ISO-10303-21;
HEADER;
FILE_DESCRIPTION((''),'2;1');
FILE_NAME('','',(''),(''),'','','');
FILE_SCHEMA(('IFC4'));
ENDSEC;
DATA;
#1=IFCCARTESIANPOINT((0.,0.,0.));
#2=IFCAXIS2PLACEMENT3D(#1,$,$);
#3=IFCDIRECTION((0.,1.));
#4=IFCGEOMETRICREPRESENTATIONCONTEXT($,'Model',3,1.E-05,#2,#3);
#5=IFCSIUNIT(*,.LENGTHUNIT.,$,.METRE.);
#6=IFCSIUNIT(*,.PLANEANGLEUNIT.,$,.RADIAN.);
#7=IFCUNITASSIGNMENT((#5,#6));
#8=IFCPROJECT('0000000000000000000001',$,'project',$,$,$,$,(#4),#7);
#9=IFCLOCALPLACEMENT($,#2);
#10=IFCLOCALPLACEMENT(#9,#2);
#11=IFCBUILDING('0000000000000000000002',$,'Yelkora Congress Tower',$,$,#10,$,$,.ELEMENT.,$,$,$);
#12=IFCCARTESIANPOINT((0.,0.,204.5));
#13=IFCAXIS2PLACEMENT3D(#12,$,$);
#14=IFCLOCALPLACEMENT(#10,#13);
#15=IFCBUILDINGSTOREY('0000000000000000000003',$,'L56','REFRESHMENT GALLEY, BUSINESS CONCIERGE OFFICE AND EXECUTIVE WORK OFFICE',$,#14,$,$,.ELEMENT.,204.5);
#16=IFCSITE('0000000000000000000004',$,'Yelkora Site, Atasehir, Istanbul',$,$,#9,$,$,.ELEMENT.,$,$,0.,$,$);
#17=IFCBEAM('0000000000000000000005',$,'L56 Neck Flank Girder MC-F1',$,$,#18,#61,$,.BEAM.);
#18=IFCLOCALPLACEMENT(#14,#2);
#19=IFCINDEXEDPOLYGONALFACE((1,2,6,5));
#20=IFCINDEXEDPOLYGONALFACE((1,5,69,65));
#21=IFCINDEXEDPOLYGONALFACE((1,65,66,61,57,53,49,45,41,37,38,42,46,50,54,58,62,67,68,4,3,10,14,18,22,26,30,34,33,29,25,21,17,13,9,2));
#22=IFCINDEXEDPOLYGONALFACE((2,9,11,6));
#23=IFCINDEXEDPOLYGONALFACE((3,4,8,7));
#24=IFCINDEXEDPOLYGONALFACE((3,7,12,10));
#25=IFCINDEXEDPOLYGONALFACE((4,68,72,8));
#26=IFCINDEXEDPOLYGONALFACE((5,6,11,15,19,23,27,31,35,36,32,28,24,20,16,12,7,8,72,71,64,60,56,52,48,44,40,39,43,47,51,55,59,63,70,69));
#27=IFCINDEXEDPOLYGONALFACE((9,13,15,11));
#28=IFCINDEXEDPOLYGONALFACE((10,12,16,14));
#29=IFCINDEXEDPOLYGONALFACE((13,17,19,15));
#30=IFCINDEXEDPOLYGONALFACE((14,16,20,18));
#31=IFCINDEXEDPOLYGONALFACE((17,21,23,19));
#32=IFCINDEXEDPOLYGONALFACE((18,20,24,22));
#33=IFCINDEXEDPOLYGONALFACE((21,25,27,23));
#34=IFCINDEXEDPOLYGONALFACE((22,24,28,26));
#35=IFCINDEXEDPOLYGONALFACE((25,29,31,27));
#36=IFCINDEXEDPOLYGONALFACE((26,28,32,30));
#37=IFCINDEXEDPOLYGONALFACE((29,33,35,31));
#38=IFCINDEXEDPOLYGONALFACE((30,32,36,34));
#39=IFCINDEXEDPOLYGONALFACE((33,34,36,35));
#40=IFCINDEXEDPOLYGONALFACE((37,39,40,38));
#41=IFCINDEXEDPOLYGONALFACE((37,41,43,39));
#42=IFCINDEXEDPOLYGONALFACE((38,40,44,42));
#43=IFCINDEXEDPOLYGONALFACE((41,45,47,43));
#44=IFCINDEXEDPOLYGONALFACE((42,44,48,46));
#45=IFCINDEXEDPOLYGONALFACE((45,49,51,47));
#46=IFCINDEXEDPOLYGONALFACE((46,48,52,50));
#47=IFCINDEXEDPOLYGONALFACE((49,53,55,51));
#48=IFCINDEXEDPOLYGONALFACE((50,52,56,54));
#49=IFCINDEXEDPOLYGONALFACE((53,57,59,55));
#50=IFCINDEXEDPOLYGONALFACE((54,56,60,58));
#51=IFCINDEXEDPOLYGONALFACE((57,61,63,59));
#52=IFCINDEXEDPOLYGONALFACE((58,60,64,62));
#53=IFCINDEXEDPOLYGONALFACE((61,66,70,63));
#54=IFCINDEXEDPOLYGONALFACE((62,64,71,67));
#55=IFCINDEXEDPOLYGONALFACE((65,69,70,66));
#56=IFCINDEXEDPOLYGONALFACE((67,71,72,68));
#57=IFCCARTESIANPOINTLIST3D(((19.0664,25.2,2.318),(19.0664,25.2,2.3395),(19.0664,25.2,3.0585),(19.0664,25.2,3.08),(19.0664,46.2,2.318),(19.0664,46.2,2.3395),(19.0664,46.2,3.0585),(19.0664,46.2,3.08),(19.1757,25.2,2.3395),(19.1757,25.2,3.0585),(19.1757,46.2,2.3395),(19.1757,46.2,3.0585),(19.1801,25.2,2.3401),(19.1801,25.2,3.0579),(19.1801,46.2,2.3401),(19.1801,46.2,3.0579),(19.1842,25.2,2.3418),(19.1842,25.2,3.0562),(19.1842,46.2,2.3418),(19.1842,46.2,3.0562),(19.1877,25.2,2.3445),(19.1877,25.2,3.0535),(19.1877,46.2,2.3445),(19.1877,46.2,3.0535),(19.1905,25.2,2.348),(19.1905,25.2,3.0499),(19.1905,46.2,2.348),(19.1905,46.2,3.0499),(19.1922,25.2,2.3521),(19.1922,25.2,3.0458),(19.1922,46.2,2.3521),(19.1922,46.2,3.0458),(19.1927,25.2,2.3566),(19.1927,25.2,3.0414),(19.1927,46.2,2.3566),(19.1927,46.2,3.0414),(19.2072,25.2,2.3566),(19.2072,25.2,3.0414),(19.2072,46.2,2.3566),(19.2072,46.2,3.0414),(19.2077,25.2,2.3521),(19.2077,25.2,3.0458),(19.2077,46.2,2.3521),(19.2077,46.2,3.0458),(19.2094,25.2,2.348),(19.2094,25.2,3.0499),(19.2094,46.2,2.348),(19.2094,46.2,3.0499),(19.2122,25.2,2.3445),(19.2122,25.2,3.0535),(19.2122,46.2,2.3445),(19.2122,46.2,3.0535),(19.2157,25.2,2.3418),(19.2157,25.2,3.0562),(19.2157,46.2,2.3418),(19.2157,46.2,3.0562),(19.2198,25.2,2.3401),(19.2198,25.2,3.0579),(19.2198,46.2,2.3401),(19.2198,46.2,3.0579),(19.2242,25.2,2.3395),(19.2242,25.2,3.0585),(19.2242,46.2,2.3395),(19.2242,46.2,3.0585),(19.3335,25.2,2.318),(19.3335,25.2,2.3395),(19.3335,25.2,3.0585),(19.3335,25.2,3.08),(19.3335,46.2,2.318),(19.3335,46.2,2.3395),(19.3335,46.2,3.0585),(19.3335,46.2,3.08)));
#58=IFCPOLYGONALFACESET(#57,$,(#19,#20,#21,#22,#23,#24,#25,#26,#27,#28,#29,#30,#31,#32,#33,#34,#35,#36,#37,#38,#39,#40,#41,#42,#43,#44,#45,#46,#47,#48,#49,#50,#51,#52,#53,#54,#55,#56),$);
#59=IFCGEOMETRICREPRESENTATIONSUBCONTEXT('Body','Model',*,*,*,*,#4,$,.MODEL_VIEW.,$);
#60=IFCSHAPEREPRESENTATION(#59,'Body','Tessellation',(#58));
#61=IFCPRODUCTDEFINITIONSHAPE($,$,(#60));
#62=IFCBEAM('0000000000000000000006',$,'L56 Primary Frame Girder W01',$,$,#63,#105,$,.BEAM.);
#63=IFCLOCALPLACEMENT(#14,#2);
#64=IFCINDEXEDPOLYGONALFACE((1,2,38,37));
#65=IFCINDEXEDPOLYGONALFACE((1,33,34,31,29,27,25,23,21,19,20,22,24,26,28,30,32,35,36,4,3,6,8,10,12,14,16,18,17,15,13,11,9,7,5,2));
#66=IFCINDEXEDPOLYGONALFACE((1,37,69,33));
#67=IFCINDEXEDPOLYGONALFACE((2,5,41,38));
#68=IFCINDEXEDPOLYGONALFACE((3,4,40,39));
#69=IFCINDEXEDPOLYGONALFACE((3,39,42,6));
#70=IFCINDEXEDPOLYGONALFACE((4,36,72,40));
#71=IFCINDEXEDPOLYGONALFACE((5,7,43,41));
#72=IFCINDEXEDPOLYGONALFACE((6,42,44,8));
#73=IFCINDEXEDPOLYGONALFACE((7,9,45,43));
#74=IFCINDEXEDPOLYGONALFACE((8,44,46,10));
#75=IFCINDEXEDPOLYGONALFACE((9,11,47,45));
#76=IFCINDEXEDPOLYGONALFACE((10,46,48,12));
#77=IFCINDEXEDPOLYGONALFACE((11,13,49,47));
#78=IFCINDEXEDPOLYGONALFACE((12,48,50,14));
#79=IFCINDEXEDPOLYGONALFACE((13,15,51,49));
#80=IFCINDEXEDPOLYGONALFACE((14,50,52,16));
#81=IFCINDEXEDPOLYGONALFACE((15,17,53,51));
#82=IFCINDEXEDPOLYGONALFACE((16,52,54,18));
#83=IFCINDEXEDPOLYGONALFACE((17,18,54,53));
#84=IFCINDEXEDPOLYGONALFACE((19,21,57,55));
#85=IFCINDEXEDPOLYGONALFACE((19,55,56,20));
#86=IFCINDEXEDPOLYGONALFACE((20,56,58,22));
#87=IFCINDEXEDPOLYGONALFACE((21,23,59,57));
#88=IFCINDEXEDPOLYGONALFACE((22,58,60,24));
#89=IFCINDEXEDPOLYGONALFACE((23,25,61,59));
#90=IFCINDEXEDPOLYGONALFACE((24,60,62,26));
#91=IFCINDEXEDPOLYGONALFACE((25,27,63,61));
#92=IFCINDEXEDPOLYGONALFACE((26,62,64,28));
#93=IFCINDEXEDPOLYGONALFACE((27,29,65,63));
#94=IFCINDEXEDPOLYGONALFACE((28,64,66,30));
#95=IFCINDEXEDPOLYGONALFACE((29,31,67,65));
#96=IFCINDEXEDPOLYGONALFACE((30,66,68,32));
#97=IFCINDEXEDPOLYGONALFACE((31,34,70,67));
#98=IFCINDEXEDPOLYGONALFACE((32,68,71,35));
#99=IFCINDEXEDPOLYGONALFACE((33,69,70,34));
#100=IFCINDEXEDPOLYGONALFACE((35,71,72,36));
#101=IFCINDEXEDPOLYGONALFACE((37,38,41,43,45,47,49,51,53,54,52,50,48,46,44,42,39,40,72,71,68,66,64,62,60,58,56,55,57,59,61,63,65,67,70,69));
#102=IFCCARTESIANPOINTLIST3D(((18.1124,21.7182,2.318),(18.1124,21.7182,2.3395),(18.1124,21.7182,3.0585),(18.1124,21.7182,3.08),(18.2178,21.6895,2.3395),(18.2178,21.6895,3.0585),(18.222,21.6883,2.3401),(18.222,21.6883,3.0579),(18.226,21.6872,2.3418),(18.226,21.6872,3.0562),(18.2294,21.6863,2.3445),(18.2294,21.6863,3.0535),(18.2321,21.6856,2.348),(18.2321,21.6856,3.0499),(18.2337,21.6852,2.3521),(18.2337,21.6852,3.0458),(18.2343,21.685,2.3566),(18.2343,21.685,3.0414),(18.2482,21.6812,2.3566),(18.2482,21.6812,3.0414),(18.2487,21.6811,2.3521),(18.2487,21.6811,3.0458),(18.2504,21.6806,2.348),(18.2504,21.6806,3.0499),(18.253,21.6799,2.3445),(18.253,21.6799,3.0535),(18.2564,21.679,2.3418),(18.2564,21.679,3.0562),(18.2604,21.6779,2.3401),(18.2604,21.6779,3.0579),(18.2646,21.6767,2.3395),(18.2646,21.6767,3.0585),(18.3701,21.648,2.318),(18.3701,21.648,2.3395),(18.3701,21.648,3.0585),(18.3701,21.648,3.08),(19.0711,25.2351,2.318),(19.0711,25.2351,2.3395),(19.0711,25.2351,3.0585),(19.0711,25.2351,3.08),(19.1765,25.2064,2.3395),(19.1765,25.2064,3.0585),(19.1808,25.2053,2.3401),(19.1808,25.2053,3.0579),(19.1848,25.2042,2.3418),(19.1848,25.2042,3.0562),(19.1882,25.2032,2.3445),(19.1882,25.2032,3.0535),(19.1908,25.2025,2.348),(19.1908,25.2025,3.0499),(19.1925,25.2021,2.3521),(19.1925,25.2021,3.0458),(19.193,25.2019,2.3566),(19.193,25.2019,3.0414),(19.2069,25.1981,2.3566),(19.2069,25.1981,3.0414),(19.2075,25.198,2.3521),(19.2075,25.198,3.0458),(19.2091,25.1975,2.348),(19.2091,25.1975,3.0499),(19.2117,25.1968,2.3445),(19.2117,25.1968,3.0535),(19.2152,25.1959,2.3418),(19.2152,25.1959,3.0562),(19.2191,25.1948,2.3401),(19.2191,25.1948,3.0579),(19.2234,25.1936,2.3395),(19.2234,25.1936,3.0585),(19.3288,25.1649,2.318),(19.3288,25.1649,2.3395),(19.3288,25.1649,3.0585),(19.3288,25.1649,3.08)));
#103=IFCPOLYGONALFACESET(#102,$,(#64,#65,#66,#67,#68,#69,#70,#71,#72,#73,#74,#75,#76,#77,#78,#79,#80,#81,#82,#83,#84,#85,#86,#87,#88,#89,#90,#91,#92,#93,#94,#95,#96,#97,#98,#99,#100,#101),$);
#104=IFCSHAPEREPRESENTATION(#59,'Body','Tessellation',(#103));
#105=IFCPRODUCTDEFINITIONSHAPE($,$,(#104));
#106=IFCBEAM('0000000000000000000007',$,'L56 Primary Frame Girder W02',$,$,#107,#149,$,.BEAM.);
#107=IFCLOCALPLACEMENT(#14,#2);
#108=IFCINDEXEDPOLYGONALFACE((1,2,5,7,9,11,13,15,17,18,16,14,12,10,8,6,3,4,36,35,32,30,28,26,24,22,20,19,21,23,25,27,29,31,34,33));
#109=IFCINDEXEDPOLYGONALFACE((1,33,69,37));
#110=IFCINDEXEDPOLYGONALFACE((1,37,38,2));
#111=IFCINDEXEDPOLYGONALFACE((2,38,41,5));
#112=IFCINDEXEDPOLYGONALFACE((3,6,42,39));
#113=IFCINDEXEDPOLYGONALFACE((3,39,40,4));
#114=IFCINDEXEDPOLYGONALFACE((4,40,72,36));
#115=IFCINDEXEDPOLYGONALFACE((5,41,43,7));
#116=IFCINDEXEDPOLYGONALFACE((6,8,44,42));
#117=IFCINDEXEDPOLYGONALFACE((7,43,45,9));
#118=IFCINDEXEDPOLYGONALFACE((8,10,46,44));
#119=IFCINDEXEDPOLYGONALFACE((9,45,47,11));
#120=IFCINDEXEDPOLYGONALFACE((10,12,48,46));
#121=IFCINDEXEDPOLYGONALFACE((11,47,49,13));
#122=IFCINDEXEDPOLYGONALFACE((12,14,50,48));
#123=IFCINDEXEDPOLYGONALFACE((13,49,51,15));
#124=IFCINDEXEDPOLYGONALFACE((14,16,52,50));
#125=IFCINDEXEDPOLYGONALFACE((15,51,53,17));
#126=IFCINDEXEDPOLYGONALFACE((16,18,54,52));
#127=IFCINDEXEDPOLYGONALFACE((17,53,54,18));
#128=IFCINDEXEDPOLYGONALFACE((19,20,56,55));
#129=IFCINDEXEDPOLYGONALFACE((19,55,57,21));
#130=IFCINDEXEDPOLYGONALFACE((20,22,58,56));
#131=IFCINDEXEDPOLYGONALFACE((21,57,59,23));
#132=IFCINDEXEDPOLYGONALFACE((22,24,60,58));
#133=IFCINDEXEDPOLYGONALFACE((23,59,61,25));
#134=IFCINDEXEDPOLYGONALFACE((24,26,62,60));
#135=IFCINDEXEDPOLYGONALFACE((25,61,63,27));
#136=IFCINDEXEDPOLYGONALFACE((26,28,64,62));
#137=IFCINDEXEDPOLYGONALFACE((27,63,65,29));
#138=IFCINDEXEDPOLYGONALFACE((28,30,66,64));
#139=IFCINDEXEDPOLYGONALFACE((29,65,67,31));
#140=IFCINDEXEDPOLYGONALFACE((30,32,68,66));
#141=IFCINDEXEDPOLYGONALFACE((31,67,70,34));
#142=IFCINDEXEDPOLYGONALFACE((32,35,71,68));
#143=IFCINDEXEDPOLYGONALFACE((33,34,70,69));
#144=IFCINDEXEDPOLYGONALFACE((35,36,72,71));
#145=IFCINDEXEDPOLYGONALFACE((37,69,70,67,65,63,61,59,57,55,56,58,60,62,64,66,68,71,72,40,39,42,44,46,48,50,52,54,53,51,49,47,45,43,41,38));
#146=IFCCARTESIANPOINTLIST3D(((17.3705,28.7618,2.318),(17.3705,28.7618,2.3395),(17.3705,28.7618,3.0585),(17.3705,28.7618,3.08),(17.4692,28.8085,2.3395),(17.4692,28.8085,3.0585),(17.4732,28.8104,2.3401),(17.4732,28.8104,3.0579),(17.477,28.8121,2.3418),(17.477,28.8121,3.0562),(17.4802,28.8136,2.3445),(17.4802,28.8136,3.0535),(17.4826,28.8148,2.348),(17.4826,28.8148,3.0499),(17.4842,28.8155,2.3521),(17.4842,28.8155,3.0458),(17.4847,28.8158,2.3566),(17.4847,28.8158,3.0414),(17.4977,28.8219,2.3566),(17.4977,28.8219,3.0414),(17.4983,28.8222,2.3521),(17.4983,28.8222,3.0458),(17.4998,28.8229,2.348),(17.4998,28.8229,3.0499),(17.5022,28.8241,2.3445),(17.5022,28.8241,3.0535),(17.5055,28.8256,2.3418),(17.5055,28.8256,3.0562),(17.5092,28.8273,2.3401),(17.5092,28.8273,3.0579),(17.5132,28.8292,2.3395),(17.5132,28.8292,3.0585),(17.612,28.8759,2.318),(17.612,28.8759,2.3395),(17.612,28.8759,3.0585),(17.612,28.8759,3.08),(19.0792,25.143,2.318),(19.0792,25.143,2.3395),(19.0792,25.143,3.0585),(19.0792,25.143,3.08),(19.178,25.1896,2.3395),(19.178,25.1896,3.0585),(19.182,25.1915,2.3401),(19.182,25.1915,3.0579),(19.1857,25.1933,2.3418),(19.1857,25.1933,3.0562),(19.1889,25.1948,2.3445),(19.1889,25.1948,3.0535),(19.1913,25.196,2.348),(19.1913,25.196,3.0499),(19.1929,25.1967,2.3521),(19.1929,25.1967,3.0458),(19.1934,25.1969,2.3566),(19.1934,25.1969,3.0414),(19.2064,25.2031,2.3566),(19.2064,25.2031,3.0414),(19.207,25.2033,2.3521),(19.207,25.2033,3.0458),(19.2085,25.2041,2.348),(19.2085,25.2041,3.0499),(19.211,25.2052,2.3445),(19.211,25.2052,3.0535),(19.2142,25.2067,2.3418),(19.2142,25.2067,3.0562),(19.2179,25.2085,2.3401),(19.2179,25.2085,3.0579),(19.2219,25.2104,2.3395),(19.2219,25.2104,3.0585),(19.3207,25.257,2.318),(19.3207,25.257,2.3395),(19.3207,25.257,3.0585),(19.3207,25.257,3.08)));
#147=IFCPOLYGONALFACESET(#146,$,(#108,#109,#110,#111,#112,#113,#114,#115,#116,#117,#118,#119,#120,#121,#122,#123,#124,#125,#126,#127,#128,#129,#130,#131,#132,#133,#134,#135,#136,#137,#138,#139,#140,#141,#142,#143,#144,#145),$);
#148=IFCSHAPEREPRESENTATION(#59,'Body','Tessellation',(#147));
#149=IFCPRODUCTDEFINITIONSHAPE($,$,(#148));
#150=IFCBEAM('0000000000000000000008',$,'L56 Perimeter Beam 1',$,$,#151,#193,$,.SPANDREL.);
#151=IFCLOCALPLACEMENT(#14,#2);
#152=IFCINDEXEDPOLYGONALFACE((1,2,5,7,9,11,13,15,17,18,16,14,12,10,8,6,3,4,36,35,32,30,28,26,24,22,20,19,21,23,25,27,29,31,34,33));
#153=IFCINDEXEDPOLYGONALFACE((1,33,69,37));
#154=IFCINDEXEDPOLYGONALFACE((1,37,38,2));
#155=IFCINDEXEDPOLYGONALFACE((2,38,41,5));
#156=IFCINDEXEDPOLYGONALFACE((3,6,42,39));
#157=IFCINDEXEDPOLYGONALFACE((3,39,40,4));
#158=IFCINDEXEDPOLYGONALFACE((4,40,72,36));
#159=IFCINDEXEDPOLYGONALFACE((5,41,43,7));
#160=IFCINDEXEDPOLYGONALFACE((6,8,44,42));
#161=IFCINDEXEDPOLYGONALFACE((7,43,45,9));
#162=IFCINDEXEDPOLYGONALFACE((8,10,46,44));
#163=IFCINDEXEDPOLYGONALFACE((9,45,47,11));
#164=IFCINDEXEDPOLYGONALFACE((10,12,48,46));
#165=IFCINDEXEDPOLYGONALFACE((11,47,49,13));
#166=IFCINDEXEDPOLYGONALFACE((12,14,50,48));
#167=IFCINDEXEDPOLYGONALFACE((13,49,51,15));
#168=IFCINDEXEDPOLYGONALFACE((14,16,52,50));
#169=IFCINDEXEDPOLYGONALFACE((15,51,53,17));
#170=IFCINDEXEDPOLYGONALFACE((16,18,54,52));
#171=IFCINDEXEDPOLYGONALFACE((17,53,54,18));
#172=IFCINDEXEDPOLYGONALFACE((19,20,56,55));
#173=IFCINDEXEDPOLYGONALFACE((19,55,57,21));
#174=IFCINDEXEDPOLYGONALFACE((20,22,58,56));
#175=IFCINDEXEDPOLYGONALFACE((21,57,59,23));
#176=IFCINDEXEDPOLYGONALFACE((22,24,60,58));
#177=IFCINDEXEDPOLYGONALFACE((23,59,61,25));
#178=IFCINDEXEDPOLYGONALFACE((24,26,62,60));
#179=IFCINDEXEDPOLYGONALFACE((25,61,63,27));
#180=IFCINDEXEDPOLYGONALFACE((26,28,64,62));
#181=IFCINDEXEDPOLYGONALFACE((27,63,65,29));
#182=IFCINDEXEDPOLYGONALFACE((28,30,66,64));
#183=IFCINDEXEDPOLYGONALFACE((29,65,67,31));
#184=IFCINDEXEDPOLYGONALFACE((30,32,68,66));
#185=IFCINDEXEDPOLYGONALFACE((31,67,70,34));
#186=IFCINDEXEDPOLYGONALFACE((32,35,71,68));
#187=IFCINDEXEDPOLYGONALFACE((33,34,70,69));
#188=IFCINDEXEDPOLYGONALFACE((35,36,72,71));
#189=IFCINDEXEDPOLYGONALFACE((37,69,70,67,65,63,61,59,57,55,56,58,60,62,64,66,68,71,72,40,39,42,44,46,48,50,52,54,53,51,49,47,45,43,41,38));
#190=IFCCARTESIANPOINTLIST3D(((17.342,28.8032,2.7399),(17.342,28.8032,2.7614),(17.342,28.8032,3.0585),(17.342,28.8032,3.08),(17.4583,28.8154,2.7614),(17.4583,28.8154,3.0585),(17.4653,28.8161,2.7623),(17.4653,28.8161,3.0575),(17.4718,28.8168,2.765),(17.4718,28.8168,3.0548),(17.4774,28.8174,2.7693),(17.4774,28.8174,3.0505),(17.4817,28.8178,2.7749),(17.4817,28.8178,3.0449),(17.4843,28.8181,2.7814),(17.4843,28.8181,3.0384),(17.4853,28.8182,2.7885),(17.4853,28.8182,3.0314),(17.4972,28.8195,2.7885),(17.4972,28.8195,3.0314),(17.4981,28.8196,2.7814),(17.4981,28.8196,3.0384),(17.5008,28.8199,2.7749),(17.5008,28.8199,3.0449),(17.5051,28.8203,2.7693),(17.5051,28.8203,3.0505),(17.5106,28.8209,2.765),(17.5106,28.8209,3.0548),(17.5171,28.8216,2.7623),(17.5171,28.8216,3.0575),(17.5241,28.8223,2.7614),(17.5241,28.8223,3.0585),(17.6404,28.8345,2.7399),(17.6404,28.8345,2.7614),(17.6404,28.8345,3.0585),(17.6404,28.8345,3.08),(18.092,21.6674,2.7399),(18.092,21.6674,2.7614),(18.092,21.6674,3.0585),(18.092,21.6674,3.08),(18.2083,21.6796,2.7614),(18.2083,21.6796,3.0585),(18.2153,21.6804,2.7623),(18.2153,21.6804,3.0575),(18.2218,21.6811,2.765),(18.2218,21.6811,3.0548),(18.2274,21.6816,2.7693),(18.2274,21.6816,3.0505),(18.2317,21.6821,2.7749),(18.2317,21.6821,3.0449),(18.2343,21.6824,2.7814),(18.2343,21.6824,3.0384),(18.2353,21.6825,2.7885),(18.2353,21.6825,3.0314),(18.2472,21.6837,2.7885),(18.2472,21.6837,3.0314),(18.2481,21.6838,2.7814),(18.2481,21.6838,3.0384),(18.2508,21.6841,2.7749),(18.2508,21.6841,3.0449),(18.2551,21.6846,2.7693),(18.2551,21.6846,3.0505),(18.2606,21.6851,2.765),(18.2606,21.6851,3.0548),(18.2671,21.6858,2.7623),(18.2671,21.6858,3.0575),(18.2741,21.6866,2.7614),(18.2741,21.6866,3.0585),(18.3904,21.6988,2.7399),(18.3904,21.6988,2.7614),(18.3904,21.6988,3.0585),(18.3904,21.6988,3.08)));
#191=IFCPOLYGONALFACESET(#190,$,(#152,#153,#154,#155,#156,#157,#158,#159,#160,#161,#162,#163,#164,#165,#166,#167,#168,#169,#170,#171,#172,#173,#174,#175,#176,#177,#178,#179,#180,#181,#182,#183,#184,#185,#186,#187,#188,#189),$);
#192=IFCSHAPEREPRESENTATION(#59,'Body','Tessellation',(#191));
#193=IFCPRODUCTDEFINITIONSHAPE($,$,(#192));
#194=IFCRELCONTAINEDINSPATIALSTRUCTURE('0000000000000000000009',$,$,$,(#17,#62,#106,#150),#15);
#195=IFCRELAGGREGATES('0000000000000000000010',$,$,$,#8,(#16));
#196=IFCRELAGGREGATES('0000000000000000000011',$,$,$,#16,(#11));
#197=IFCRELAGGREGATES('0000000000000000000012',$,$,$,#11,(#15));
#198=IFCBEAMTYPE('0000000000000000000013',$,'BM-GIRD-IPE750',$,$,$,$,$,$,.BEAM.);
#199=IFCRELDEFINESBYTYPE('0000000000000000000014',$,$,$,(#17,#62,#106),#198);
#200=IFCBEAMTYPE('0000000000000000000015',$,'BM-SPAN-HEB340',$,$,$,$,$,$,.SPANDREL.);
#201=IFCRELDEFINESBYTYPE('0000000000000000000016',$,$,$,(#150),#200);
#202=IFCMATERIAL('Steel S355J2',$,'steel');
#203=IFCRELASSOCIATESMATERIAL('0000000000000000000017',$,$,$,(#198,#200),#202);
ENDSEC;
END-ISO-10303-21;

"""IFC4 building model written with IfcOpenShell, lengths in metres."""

from ifc_helpers import new_model, si_unit, direction, frame, origin, origin_2d, place, context, subcontext, project, spatial, i_section, extrude, material, material_profile, profile_set, type_object, element, save


model = new_model("IFC4")

# Units and contexts
model_context = context("Model", 3, precision=1e-05, world=origin(), true_north=direction((0.0, 1.0)))
body_context = subcontext(model_context, "Body", "Model", "MODEL_VIEW")
ifc_project = project(units=[si_unit("LENGTHUNIT", "METRE"), si_unit("PLANEANGLEUNIT", "RADIAN")], contexts=[model_context])

# Site, building, storey
site_placement = place(None, origin())
site = spatial("IfcSite", under=ifc_project, at=site_placement, Name="Yelkora Site, Atasehir, Istanbul", CompositionType="ELEMENT", RefElevation=0.0)
building_placement = place(site_placement, origin())
building = spatial("IfcBuilding", under=site, at=building_placement, Name="Yelkora Congress Tower", CompositionType="ELEMENT")
storey_placement = place(building_placement, frame((0.0, 0.0, 204.5)))
storey = spatial("IfcBuildingStorey", under=building, at=storey_placement, Name="L56", Description="REFRESHMENT GALLEY, BUSINESS CONCIERGE OFFICE AND EXECUTIVE WORK OFFICE", CompositionType="ELEMENT", Elevation=204.5)

# Shared definitions
ifc_material_1 = material(Name="Steel S355J2", Category="steel")

# Beams
ifc_material_profile_1 = material_profile(ifc_material_1, i_section(OverallWidth=0.2671, OverallDepth=0.762, WebThickness=0.0144, FlangeThickness=0.0215, FilletRadius=0.0171, at=origin_2d()), Name="IPE 750x173")
ifc_profile_set_1 = profile_set([ifc_material_profile_1], Name="Steel S355J2")
beam_type_1 = type_object("IfcBeamType", Name="BM-GIRD-IPE750", PredefinedType="BEAM", material=ifc_profile_set_1)
beam_1_placement = place(storey_placement, frame((19.2, 25.2, 2.699), z_axis=(0.0, 1.0, 0.0), x_axis=(-1.0, 0.0, 0.0)))
element("IfcBeam", 1, at=beam_1_placement, inside=storey, type_object=beam_type_1, Name="L56 Neck Flank Girder MC-F1", PredefinedType="BEAM", context=body_context, shape_type="SweptSolid", body=[
    extrude(i_section(OverallWidth=0.2671, OverallDepth=0.762, WebThickness=0.0144, FlangeThickness=0.0215, FilletRadius=0.0171, at=origin_2d()), origin(), (0.0, 0.0, 1.0), 21.0),
])
beam_2_placement = place(storey_placement, frame((18.2412, 21.6831, 2.699), z_axis=(0.263015, 0.964792, 0.0), x_axis=(-0.964792, 0.263015, 0.0)))
element("IfcBeam", 2, at=beam_2_placement, inside=storey, type_object=beam_type_1, Name="L56 Primary Frame Girder W01", PredefinedType="BEAM", context=body_context, shape_type="SweptSolid", body=[
    extrude(i_section(OverallWidth=0.2671, OverallDepth=0.762, WebThickness=0.0144, FlangeThickness=0.0215, FilletRadius=0.0171, at=origin_2d()), origin(), (0.0, 0.0, 1.0), 3.6453),
])
beam_3_placement = place(storey_placement, frame((17.4912, 28.8188, 2.699), z_axis=(0.426969, -0.904266, 0.0), x_axis=(0.904266, 0.426969, 0.0)))
element("IfcBeam", 3, at=beam_3_placement, inside=storey, type_object=beam_type_1, Name="L56 Primary Frame Girder W02", PredefinedType="BEAM", context=body_context, shape_type="SweptSolid", body=[
    extrude(i_section(OverallWidth=0.2671, OverallDepth=0.762, WebThickness=0.0144, FlangeThickness=0.0215, FilletRadius=0.0171, at=origin_2d()), origin(), (0.0, 0.0, 1.0), 4.002),
])
ifc_material_profile_2 = material_profile(ifc_material_1, i_section(OverallWidth=0.3, OverallDepth=0.3401, WebThickness=0.012, FlangeThickness=0.0215, FilletRadius=0.0271, at=origin_2d()), Name="HEB 340")
ifc_profile_set_2 = profile_set([ifc_material_profile_2], Name="Steel S355J2")
beam_type_2 = type_object("IfcBeamType", Name="BM-SPAN-HEB340", PredefinedType="SPANDREL", material=ifc_profile_set_2)
beam_4_placement = place(storey_placement, frame((17.4912, 28.8188, 2.9099), z_axis=(0.104529, -0.994522, 0.0), x_axis=(0.994522, 0.104529, 0.0)))
element("IfcBeam", 4, at=beam_4_placement, inside=storey, type_object=beam_type_2, Name="L56 Perimeter Beam 1", PredefinedType="SPANDREL", context=body_context, shape_type="SweptSolid", body=[
    extrude(i_section(OverallWidth=0.3, OverallDepth=0.3401, WebThickness=0.012, FlangeThickness=0.0215, FilletRadius=0.0271, at=origin_2d()), origin(), (0.0, 0.0, 1.0), 7.175),
])

save(model, "model.ifc")
